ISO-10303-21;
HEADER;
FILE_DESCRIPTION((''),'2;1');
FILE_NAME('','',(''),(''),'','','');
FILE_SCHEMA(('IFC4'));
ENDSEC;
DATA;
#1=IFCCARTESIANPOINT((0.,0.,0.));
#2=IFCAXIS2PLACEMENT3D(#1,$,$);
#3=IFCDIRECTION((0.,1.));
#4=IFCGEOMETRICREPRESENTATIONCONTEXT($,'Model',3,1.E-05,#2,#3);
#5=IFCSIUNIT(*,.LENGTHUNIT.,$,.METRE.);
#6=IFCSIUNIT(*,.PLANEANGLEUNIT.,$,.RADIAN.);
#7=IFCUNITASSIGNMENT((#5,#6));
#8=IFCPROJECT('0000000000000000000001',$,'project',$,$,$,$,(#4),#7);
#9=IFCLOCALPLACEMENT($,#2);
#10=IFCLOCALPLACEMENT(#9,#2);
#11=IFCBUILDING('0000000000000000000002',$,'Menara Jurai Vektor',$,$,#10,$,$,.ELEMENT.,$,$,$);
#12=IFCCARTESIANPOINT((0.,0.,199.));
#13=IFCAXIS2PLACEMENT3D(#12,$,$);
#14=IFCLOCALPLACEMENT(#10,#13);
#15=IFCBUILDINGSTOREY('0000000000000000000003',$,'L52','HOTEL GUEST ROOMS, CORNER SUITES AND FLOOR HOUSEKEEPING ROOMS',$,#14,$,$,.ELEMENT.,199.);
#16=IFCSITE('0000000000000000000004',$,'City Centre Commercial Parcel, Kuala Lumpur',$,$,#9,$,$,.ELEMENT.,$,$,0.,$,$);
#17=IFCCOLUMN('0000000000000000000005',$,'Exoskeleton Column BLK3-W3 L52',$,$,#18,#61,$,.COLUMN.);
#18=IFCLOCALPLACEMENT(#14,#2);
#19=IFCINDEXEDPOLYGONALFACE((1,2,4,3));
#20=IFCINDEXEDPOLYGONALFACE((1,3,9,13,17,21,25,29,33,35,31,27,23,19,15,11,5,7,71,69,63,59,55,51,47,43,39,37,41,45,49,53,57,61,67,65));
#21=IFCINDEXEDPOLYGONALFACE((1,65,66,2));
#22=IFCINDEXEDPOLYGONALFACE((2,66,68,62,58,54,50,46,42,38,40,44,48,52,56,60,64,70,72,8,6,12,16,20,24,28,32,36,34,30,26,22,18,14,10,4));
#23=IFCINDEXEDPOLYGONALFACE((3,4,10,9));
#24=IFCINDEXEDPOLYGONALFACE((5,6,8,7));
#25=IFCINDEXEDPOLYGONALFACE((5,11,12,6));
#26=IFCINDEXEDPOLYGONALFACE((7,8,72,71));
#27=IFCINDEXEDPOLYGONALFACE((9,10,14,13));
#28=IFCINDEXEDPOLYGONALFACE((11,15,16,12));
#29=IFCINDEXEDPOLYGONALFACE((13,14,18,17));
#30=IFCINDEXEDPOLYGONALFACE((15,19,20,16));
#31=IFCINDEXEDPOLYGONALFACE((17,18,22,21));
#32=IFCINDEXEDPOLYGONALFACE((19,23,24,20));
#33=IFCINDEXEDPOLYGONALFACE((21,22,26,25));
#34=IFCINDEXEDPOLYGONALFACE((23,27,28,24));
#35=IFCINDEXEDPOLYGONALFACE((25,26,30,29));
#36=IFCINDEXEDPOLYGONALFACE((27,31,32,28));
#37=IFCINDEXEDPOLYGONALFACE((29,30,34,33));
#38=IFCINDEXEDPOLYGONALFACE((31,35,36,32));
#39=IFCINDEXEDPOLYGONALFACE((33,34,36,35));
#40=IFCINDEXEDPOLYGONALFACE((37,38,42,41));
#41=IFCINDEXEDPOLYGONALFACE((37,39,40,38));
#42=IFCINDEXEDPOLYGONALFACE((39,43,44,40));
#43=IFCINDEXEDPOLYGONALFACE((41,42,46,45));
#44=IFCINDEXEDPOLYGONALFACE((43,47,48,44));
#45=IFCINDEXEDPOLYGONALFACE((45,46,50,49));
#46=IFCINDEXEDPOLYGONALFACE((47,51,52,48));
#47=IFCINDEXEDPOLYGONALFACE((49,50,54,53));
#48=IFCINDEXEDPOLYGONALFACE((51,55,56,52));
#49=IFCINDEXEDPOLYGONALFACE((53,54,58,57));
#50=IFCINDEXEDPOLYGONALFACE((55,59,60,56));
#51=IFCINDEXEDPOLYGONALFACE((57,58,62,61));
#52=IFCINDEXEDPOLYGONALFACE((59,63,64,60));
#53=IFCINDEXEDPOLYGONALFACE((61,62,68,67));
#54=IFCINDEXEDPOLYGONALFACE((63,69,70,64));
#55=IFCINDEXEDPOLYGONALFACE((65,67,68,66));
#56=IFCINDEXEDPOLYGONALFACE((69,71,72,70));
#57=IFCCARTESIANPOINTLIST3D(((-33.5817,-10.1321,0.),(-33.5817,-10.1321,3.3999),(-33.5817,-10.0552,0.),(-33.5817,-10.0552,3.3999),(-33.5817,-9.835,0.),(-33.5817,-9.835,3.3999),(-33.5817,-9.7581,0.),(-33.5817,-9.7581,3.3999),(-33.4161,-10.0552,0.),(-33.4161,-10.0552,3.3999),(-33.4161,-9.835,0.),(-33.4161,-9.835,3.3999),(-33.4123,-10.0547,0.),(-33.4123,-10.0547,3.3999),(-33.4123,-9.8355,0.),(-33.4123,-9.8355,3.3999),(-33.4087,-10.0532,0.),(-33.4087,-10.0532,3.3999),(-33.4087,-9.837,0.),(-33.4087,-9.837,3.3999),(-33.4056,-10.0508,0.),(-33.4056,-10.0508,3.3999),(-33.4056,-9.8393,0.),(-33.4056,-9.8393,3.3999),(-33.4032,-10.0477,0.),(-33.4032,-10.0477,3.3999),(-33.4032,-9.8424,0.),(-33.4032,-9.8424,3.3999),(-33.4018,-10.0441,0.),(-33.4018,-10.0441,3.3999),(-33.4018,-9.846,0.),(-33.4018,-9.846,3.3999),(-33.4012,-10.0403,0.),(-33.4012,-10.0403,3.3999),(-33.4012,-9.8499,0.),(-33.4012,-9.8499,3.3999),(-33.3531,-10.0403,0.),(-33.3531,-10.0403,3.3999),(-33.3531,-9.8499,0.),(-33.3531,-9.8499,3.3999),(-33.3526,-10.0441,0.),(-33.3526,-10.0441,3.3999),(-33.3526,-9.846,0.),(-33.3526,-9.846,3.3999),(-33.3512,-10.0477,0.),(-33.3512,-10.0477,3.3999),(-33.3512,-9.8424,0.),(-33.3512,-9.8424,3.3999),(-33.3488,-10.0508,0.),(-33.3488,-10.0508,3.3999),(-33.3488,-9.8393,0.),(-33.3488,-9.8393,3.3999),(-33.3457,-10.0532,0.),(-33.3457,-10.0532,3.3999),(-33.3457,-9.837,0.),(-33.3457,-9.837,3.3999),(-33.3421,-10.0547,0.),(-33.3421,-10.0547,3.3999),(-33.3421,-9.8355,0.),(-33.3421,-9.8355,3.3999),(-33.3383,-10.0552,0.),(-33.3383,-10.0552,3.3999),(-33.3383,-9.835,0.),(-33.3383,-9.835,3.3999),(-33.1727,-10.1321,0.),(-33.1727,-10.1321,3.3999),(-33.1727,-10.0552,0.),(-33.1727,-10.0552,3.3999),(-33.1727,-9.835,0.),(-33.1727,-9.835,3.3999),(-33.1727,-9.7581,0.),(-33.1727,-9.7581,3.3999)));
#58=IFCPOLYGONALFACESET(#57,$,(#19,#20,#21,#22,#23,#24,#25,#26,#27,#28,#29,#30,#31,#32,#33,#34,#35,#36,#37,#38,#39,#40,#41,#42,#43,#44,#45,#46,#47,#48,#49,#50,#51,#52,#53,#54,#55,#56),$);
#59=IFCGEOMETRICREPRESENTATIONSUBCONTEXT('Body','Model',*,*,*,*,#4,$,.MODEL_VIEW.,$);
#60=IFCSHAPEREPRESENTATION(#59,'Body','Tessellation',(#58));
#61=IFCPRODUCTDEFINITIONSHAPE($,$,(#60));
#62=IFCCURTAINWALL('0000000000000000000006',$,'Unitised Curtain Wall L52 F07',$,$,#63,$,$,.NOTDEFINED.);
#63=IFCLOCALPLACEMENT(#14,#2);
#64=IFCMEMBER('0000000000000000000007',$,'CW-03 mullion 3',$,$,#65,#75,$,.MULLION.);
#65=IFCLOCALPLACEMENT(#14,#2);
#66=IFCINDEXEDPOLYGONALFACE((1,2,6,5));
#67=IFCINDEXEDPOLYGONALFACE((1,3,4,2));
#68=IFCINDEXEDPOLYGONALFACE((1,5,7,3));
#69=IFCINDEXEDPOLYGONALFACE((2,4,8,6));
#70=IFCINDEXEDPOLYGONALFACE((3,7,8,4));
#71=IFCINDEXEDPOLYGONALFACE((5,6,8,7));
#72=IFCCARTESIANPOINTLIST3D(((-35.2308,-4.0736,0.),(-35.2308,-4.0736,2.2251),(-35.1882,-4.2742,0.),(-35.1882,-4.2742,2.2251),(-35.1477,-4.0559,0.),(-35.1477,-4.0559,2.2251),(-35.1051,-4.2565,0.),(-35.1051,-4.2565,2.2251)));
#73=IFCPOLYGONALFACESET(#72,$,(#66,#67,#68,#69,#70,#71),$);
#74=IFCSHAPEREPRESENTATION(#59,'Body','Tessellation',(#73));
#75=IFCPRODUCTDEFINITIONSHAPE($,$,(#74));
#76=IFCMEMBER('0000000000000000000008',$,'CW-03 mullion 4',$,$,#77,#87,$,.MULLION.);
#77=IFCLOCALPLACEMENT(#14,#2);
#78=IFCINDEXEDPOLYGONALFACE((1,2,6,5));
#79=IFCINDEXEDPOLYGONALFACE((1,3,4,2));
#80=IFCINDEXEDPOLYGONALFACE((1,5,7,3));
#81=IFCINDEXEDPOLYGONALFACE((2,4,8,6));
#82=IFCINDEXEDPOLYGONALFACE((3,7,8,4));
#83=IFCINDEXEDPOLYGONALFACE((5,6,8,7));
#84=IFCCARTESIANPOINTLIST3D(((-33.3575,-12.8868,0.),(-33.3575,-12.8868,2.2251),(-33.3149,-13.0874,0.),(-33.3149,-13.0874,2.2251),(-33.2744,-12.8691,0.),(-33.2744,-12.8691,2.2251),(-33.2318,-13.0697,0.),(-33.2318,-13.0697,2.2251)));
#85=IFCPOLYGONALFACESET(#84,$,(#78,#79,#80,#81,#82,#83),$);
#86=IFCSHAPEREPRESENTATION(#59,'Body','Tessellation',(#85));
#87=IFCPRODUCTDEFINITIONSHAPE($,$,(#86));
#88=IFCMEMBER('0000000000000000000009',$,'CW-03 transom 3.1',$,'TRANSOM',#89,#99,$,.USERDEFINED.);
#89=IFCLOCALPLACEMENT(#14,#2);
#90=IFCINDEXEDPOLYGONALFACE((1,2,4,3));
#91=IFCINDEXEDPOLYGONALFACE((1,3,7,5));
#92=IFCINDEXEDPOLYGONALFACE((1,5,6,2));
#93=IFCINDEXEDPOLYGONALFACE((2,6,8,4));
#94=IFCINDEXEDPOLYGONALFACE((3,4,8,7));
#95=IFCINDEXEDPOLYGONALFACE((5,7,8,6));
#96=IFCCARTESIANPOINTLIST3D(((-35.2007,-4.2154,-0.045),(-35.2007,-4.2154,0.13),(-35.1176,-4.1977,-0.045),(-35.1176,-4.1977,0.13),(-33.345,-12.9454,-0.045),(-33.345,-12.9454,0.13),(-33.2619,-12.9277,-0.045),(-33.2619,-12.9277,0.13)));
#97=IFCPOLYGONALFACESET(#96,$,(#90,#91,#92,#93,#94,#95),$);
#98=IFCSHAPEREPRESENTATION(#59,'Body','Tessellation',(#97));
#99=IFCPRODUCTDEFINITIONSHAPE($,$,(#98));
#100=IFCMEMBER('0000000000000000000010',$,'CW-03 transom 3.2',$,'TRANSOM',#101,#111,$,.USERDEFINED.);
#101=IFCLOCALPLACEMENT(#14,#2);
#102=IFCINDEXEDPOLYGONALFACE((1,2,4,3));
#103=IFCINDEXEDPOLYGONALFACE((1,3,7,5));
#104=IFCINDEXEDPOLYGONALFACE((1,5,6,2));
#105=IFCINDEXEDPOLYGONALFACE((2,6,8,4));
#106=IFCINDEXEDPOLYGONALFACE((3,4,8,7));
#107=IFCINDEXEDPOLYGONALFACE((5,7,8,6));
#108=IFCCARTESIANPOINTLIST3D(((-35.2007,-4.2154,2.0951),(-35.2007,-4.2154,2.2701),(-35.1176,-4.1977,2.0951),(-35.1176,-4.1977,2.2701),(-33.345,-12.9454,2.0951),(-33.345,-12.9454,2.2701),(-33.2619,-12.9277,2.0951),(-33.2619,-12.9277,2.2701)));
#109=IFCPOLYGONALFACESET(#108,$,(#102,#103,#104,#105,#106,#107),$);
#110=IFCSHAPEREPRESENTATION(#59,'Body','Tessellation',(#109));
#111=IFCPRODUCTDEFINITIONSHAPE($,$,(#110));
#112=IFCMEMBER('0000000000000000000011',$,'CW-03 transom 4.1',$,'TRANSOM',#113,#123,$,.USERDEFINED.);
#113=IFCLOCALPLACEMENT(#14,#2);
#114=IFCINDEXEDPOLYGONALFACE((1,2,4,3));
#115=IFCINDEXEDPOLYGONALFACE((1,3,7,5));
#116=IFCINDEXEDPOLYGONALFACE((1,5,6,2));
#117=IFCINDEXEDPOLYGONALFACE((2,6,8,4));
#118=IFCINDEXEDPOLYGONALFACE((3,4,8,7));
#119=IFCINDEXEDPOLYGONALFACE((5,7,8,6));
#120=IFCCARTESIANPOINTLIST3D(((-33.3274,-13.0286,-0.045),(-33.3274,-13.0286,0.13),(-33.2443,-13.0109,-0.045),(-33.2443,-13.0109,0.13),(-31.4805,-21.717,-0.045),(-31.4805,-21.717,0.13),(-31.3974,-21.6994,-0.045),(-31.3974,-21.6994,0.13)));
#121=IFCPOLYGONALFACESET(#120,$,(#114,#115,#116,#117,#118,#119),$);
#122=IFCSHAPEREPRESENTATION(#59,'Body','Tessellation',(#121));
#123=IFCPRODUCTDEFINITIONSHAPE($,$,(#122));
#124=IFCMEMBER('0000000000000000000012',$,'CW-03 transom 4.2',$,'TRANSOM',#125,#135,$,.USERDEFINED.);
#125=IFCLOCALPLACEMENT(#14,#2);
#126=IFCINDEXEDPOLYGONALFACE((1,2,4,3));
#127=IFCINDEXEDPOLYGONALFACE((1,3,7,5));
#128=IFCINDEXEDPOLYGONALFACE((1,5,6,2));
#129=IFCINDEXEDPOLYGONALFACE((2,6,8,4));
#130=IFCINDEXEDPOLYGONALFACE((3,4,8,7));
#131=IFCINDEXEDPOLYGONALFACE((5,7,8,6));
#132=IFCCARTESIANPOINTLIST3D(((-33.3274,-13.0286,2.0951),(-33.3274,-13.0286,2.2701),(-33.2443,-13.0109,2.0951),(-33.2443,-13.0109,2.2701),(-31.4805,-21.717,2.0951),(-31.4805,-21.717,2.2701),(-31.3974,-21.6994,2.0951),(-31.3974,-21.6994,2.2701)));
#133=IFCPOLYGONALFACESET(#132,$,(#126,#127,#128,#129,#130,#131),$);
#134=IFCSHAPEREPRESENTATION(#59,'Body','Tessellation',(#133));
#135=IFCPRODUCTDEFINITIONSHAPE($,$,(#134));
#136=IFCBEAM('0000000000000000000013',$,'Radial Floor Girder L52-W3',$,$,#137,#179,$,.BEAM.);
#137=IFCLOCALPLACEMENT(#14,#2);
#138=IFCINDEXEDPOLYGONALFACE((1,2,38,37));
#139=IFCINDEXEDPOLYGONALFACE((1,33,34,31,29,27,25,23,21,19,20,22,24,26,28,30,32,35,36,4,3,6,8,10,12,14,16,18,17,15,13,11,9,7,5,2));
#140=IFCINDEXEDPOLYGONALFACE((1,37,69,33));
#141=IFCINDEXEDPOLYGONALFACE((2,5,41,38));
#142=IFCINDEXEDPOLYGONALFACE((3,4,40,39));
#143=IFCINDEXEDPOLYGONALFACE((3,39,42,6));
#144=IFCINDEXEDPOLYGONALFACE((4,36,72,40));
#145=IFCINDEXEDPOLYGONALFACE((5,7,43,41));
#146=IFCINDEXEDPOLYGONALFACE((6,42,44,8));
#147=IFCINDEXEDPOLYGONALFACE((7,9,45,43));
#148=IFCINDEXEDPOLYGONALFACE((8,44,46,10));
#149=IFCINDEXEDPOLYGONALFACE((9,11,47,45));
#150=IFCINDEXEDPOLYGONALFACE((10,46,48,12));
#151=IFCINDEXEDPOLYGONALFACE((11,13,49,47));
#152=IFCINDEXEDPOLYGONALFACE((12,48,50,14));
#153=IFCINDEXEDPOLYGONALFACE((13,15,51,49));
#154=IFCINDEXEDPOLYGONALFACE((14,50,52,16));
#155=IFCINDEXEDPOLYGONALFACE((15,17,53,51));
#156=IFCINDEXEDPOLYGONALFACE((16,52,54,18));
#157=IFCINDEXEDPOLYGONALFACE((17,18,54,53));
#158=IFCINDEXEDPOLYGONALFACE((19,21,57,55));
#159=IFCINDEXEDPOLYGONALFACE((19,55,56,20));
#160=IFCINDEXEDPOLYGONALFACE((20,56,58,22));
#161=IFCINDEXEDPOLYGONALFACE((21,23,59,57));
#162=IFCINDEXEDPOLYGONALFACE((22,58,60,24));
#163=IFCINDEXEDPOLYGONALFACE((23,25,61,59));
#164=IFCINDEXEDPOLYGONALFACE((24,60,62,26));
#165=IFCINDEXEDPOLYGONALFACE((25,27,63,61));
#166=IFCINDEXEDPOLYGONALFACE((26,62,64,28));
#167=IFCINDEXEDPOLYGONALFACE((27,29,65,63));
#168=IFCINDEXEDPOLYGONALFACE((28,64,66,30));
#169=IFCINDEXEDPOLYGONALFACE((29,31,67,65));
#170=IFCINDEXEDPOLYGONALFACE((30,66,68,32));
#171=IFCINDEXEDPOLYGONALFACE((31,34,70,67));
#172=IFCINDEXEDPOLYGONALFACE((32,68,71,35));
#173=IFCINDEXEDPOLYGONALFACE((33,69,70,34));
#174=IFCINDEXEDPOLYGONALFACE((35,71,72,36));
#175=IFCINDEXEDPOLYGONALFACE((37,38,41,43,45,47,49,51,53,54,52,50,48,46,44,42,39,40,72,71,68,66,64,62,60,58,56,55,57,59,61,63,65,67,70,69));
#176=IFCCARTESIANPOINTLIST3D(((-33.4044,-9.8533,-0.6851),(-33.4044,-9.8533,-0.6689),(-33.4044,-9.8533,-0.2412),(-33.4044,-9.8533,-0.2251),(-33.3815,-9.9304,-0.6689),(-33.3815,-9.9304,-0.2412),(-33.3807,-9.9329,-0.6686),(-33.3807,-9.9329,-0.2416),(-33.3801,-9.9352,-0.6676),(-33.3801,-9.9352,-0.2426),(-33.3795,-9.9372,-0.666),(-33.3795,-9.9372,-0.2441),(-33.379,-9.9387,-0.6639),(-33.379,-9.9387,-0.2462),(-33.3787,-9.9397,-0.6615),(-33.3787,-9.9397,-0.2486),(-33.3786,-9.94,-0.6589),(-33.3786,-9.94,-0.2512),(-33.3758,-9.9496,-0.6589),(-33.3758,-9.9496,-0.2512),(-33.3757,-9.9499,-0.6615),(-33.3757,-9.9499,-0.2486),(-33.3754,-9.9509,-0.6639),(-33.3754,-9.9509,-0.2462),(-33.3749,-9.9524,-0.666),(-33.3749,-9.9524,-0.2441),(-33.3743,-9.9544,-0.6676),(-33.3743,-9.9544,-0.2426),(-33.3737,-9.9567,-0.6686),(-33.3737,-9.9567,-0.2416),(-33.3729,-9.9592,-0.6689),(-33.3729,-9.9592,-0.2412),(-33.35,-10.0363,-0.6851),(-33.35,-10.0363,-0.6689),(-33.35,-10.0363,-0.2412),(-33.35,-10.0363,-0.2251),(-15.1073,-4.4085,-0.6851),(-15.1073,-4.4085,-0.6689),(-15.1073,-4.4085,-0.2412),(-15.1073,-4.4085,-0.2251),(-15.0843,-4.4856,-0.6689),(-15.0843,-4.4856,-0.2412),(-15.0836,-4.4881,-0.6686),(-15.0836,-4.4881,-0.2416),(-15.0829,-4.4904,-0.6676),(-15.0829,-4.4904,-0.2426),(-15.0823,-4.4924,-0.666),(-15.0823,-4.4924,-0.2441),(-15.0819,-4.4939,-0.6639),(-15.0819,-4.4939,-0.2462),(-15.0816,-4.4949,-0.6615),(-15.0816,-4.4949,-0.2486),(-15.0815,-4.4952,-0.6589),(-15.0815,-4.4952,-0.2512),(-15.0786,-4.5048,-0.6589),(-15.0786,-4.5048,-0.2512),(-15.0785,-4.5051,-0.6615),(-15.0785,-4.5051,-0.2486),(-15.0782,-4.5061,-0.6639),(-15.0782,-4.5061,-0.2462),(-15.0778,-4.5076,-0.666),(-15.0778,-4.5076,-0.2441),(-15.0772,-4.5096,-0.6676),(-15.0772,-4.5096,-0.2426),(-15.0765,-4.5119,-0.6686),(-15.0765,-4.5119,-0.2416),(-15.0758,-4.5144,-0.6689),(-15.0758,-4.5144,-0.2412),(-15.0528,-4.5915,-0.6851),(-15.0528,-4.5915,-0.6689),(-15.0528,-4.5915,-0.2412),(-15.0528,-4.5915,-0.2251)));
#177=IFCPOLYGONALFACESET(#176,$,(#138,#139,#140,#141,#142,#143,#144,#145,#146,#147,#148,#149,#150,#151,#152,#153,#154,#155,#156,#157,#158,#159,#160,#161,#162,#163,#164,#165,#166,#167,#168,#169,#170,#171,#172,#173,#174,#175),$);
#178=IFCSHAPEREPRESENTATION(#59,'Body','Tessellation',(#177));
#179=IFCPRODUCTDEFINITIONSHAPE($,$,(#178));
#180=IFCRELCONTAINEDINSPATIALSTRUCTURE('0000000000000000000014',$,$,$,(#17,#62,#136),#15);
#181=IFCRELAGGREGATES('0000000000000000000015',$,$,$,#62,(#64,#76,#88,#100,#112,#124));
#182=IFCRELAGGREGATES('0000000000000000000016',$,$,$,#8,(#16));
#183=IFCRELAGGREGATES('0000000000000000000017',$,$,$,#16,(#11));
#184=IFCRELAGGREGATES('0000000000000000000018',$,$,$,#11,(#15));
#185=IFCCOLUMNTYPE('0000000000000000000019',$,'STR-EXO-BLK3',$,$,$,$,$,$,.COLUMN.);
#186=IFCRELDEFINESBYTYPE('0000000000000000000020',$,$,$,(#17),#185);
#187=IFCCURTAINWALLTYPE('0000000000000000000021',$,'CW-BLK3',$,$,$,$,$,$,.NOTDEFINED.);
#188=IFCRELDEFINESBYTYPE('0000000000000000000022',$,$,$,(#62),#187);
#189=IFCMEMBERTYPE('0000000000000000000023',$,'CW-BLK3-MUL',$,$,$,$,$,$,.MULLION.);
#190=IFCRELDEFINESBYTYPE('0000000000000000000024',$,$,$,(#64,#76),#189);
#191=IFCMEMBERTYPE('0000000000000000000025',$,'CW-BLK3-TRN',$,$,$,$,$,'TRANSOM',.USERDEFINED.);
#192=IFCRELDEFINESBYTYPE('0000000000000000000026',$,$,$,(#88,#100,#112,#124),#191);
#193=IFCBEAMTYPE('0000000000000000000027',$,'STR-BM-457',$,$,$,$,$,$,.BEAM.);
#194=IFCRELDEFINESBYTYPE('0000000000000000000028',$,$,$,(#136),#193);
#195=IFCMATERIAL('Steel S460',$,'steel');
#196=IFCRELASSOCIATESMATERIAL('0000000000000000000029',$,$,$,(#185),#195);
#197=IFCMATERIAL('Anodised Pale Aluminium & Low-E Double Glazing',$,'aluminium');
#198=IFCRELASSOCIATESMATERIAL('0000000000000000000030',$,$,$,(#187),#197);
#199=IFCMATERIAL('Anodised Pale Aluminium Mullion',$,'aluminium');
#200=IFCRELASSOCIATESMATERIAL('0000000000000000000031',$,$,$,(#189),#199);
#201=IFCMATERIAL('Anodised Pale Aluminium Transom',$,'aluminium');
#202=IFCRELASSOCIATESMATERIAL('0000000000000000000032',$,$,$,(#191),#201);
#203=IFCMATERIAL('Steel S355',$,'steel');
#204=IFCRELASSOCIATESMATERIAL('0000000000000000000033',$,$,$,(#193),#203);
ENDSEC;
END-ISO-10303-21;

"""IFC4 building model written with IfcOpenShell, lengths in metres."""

from ifc_helpers import new_model, si_unit, direction, frame, origin, origin_2d, place, context, subcontext, project, spatial, rectangle, i_section, extrude, material, material_profile, profile_set, type_object, element, aggregate, save


model = new_model("IFC4")

# Units and contexts
model_context = context("Model", 3, precision=1e-05, world=origin(), true_north=direction((0.0, 1.0)))
body_context = subcontext(model_context, "Body", "Model", "MODEL_VIEW")
ifc_project = project(units=[si_unit("LENGTHUNIT", "METRE"), si_unit("PLANEANGLEUNIT", "RADIAN")], contexts=[model_context])

# Site, building, storey
site_placement = place(None, origin())
site = spatial("IfcSite", under=ifc_project, at=site_placement, Name="City Centre Commercial Parcel, Kuala Lumpur", CompositionType="ELEMENT", RefElevation=0.0)
building_placement = place(site_placement, origin())
building = spatial("IfcBuilding", under=site, at=building_placement, Name="Menara Jurai Vektor", CompositionType="ELEMENT")
storey_placement = place(building_placement, frame((0.0, 0.0, 199.0)))
storey = spatial("IfcBuildingStorey", under=building, at=storey_placement, Name="L52", Description="HOTEL GUEST ROOMS, CORNER SUITES AND FLOOR HOUSEKEEPING ROOMS", CompositionType="ELEMENT", Elevation=199.0)

# Column
ifc_material_1 = material(Name="Steel S460", Category="steel")
ifc_material_profile_1 = material_profile(ifc_material_1, i_section(OverallWidth=0.4089, OverallDepth=0.374, WebThickness=0.0481, FlangeThickness=0.0769, FilletRadius=0.0149, at=origin_2d()), Name="HD 400x634")
ifc_profile_set_1 = profile_set([ifc_material_profile_1], Name="Steel S460")
column_type = type_object("IfcColumnType", Name="STR-EXO-BLK3", PredefinedType="COLUMN", material=ifc_profile_set_1)
column_placement = place(storey_placement, frame((-33.3772, -9.9451, 0.0), z_axis=(0.0, 0.0, 1.0), x_axis=(1.0, 0.0, 0.0)))
element("IfcColumn", 1, at=column_placement, inside=storey, type_object=column_type, Name="Exoskeleton Column BLK3-W3 L52", PredefinedType="COLUMN", context=body_context, shape_type="SweptSolid", body=[
    extrude(i_section(OverallWidth=0.4089, OverallDepth=0.374, WebThickness=0.0481, FlangeThickness=0.0769, FilletRadius=0.0149, at=origin_2d()), origin(), (0.0, 0.0, 1.0), 3.3999),
])

# Curtain wall, members
ifc_material_2 = material(Name="Anodised Pale Aluminium & Low-E Double Glazing", Category="aluminium")
curtain_wall_type = type_object("IfcCurtainWallType", Name="CW-BLK3", PredefinedType="NOTDEFINED", material=ifc_material_2)
curtain_wall_placement = place(storey_placement, origin())
curtain_wall = element("IfcCurtainWall", 2, at=curtain_wall_placement, inside=storey, type_object=curtain_wall_type, Name="Unitised Curtain Wall L52 F07", PredefinedType="NOTDEFINED")
ifc_material_3 = material(Name="Anodised Pale Aluminium Mullion", Category="aluminium")
ifc_material_profile_2 = material_profile(ifc_material_3, rectangle(XDim=0.085, YDim=0.2051, at=origin_2d()), Name="ALU MUL 85x205")
ifc_profile_set_2 = profile_set([ifc_material_profile_2], Name="Anodised Pale Aluminium Mullion")
member_type_1 = type_object("IfcMemberType", Name="CW-BLK3-MUL", PredefinedType="MULLION", material=ifc_profile_set_2)
member_1_placement = place(storey_placement, frame((-35.168, -4.165, 0.0), z_axis=(0.0, 0.0, 1.0), x_axis=(0.978148, 0.20791, 0.0)))
member_1 = element("IfcMember", 3, at=member_1_placement, type_object=member_type_1, Name="CW-03 mullion 3", PredefinedType="MULLION", context=body_context, shape_type="SweptSolid", body=[
    extrude(rectangle(XDim=0.085, YDim=0.2051, at=origin_2d()), origin(), (0.0, 0.0, 1.0), 2.2251),
])
member_2_placement = place(storey_placement, frame((-33.2947, -12.9783, 0.0), z_axis=(0.0, 0.0, 1.0), x_axis=(0.978148, 0.20791, 0.0)))
member_2 = element("IfcMember", 4, at=member_2_placement, type_object=member_type_1, Name="CW-03 mullion 4", PredefinedType="MULLION", context=body_context, shape_type="SweptSolid", body=[
    extrude(rectangle(XDim=0.085, YDim=0.2051, at=origin_2d()), origin(), (0.0, 0.0, 1.0), 2.2251),
])
ifc_material_4 = material(Name="Anodised Pale Aluminium Transom", Category="aluminium")
ifc_material_profile_3 = material_profile(ifc_material_4, rectangle(XDim=0.085, YDim=0.175, at=origin_2d()), Name="ALU TRN 85x175")
ifc_profile_set_3 = profile_set([ifc_material_profile_3], Name="Anodised Pale Aluminium Transom")
member_type_2 = type_object("IfcMemberType", Name="CW-BLK3-TRN", ElementType="TRANSOM", PredefinedType="USERDEFINED", material=ifc_profile_set_3)
member_3_placement = place(storey_placement, frame((-35.1592, -4.2065, 0.0425), z_axis=(0.207922, -0.978145, 0.0), x_axis=(0.978145, 0.207922, 0.0)))
member_3 = element("IfcMember", 5, at=member_3_placement, type_object=member_type_2, Name="CW-03 transom 3.1", ObjectType="TRANSOM", PredefinedType="USERDEFINED", context=body_context, shape_type="SweptSolid", body=[
    extrude(rectangle(XDim=0.085, YDim=0.175, at=origin_2d()), origin(), (0.0, 0.0, 1.0), 8.925),
])
member_4_placement = place(storey_placement, frame((-35.1592, -4.2065, 2.1826), z_axis=(0.207922, -0.978145, 0.0), x_axis=(0.978145, 0.207922, 0.0)))
member_4 = element("IfcMember", 6, at=member_4_placement, type_object=member_type_2, Name="CW-03 transom 3.2", ObjectType="TRANSOM", PredefinedType="USERDEFINED", context=body_context, shape_type="SweptSolid", body=[
    extrude(rectangle(XDim=0.085, YDim=0.175, at=origin_2d()), origin(), (0.0, 0.0, 1.0), 8.925),
])
member_5_placement = place(storey_placement, frame((-33.2859, -13.0198, 0.0425), z_axis=(0.207926, -0.978145, 0.0), x_axis=(0.978145, 0.207926, 0.0)))
member_5 = element("IfcMember", 7, at=member_5_placement, type_object=member_type_2, Name="CW-03 transom 4.1", ObjectType="TRANSOM", PredefinedType="USERDEFINED", context=body_context, shape_type="SweptSolid", body=[
    extrude(rectangle(XDim=0.085, YDim=0.175, at=origin_2d()), origin(), (0.0, 0.0, 1.0), 8.8826),
])
member_6_placement = place(storey_placement, frame((-33.2859, -13.0198, 2.1826), z_axis=(0.207926, -0.978145, 0.0), x_axis=(0.978145, 0.207926, 0.0)))
member_6 = element("IfcMember", 8, at=member_6_placement, type_object=member_type_2, Name="CW-03 transom 4.2", ObjectType="TRANSOM", PredefinedType="USERDEFINED", context=body_context, shape_type="SweptSolid", body=[
    extrude(rectangle(XDim=0.085, YDim=0.175, at=origin_2d()), origin(), (0.0, 0.0, 1.0), 8.8826),
])

# Beam
ifc_material_5 = material(Name="Steel S355", Category="steel")
ifc_material_profile_4 = material_profile(ifc_material_5, i_section(OverallWidth=0.1909, OverallDepth=0.46, WebThickness=0.01, FlangeThickness=0.0161, FilletRadius=0.01, at=origin_2d()), Name="UKB 457x191x82")
ifc_profile_set_4 = profile_set([ifc_material_profile_4], Name="Steel S355")
beam_type_1 = type_object("IfcBeamType", Name="STR-BM-457", PredefinedType="BEAM", material=ifc_profile_set_4)
beam_1_placement = place(storey_placement, frame((-33.3772, -9.9448, -0.4551), z_axis=(0.958463, 0.285218, 0.0), x_axis=(-0.285218, 0.958463, 0.0)))
element("IfcBeam", 9, at=beam_1_placement, inside=storey, type_object=beam_type_1, Name="Radial Floor Girder L52-W3", PredefinedType="BEAM", context=body_context, shape_type="SweptSolid", body=[
    extrude(i_section(OverallWidth=0.1909, OverallDepth=0.46, WebThickness=0.01, FlangeThickness=0.0161, FilletRadius=0.01, at=origin_2d()), origin(), (0.0, 0.0, 1.0), 19.0901),
])

aggregate(curtain_wall, [member_1, member_2, member_3, member_4, member_5, member_6])

save(model, "model.ifc")
